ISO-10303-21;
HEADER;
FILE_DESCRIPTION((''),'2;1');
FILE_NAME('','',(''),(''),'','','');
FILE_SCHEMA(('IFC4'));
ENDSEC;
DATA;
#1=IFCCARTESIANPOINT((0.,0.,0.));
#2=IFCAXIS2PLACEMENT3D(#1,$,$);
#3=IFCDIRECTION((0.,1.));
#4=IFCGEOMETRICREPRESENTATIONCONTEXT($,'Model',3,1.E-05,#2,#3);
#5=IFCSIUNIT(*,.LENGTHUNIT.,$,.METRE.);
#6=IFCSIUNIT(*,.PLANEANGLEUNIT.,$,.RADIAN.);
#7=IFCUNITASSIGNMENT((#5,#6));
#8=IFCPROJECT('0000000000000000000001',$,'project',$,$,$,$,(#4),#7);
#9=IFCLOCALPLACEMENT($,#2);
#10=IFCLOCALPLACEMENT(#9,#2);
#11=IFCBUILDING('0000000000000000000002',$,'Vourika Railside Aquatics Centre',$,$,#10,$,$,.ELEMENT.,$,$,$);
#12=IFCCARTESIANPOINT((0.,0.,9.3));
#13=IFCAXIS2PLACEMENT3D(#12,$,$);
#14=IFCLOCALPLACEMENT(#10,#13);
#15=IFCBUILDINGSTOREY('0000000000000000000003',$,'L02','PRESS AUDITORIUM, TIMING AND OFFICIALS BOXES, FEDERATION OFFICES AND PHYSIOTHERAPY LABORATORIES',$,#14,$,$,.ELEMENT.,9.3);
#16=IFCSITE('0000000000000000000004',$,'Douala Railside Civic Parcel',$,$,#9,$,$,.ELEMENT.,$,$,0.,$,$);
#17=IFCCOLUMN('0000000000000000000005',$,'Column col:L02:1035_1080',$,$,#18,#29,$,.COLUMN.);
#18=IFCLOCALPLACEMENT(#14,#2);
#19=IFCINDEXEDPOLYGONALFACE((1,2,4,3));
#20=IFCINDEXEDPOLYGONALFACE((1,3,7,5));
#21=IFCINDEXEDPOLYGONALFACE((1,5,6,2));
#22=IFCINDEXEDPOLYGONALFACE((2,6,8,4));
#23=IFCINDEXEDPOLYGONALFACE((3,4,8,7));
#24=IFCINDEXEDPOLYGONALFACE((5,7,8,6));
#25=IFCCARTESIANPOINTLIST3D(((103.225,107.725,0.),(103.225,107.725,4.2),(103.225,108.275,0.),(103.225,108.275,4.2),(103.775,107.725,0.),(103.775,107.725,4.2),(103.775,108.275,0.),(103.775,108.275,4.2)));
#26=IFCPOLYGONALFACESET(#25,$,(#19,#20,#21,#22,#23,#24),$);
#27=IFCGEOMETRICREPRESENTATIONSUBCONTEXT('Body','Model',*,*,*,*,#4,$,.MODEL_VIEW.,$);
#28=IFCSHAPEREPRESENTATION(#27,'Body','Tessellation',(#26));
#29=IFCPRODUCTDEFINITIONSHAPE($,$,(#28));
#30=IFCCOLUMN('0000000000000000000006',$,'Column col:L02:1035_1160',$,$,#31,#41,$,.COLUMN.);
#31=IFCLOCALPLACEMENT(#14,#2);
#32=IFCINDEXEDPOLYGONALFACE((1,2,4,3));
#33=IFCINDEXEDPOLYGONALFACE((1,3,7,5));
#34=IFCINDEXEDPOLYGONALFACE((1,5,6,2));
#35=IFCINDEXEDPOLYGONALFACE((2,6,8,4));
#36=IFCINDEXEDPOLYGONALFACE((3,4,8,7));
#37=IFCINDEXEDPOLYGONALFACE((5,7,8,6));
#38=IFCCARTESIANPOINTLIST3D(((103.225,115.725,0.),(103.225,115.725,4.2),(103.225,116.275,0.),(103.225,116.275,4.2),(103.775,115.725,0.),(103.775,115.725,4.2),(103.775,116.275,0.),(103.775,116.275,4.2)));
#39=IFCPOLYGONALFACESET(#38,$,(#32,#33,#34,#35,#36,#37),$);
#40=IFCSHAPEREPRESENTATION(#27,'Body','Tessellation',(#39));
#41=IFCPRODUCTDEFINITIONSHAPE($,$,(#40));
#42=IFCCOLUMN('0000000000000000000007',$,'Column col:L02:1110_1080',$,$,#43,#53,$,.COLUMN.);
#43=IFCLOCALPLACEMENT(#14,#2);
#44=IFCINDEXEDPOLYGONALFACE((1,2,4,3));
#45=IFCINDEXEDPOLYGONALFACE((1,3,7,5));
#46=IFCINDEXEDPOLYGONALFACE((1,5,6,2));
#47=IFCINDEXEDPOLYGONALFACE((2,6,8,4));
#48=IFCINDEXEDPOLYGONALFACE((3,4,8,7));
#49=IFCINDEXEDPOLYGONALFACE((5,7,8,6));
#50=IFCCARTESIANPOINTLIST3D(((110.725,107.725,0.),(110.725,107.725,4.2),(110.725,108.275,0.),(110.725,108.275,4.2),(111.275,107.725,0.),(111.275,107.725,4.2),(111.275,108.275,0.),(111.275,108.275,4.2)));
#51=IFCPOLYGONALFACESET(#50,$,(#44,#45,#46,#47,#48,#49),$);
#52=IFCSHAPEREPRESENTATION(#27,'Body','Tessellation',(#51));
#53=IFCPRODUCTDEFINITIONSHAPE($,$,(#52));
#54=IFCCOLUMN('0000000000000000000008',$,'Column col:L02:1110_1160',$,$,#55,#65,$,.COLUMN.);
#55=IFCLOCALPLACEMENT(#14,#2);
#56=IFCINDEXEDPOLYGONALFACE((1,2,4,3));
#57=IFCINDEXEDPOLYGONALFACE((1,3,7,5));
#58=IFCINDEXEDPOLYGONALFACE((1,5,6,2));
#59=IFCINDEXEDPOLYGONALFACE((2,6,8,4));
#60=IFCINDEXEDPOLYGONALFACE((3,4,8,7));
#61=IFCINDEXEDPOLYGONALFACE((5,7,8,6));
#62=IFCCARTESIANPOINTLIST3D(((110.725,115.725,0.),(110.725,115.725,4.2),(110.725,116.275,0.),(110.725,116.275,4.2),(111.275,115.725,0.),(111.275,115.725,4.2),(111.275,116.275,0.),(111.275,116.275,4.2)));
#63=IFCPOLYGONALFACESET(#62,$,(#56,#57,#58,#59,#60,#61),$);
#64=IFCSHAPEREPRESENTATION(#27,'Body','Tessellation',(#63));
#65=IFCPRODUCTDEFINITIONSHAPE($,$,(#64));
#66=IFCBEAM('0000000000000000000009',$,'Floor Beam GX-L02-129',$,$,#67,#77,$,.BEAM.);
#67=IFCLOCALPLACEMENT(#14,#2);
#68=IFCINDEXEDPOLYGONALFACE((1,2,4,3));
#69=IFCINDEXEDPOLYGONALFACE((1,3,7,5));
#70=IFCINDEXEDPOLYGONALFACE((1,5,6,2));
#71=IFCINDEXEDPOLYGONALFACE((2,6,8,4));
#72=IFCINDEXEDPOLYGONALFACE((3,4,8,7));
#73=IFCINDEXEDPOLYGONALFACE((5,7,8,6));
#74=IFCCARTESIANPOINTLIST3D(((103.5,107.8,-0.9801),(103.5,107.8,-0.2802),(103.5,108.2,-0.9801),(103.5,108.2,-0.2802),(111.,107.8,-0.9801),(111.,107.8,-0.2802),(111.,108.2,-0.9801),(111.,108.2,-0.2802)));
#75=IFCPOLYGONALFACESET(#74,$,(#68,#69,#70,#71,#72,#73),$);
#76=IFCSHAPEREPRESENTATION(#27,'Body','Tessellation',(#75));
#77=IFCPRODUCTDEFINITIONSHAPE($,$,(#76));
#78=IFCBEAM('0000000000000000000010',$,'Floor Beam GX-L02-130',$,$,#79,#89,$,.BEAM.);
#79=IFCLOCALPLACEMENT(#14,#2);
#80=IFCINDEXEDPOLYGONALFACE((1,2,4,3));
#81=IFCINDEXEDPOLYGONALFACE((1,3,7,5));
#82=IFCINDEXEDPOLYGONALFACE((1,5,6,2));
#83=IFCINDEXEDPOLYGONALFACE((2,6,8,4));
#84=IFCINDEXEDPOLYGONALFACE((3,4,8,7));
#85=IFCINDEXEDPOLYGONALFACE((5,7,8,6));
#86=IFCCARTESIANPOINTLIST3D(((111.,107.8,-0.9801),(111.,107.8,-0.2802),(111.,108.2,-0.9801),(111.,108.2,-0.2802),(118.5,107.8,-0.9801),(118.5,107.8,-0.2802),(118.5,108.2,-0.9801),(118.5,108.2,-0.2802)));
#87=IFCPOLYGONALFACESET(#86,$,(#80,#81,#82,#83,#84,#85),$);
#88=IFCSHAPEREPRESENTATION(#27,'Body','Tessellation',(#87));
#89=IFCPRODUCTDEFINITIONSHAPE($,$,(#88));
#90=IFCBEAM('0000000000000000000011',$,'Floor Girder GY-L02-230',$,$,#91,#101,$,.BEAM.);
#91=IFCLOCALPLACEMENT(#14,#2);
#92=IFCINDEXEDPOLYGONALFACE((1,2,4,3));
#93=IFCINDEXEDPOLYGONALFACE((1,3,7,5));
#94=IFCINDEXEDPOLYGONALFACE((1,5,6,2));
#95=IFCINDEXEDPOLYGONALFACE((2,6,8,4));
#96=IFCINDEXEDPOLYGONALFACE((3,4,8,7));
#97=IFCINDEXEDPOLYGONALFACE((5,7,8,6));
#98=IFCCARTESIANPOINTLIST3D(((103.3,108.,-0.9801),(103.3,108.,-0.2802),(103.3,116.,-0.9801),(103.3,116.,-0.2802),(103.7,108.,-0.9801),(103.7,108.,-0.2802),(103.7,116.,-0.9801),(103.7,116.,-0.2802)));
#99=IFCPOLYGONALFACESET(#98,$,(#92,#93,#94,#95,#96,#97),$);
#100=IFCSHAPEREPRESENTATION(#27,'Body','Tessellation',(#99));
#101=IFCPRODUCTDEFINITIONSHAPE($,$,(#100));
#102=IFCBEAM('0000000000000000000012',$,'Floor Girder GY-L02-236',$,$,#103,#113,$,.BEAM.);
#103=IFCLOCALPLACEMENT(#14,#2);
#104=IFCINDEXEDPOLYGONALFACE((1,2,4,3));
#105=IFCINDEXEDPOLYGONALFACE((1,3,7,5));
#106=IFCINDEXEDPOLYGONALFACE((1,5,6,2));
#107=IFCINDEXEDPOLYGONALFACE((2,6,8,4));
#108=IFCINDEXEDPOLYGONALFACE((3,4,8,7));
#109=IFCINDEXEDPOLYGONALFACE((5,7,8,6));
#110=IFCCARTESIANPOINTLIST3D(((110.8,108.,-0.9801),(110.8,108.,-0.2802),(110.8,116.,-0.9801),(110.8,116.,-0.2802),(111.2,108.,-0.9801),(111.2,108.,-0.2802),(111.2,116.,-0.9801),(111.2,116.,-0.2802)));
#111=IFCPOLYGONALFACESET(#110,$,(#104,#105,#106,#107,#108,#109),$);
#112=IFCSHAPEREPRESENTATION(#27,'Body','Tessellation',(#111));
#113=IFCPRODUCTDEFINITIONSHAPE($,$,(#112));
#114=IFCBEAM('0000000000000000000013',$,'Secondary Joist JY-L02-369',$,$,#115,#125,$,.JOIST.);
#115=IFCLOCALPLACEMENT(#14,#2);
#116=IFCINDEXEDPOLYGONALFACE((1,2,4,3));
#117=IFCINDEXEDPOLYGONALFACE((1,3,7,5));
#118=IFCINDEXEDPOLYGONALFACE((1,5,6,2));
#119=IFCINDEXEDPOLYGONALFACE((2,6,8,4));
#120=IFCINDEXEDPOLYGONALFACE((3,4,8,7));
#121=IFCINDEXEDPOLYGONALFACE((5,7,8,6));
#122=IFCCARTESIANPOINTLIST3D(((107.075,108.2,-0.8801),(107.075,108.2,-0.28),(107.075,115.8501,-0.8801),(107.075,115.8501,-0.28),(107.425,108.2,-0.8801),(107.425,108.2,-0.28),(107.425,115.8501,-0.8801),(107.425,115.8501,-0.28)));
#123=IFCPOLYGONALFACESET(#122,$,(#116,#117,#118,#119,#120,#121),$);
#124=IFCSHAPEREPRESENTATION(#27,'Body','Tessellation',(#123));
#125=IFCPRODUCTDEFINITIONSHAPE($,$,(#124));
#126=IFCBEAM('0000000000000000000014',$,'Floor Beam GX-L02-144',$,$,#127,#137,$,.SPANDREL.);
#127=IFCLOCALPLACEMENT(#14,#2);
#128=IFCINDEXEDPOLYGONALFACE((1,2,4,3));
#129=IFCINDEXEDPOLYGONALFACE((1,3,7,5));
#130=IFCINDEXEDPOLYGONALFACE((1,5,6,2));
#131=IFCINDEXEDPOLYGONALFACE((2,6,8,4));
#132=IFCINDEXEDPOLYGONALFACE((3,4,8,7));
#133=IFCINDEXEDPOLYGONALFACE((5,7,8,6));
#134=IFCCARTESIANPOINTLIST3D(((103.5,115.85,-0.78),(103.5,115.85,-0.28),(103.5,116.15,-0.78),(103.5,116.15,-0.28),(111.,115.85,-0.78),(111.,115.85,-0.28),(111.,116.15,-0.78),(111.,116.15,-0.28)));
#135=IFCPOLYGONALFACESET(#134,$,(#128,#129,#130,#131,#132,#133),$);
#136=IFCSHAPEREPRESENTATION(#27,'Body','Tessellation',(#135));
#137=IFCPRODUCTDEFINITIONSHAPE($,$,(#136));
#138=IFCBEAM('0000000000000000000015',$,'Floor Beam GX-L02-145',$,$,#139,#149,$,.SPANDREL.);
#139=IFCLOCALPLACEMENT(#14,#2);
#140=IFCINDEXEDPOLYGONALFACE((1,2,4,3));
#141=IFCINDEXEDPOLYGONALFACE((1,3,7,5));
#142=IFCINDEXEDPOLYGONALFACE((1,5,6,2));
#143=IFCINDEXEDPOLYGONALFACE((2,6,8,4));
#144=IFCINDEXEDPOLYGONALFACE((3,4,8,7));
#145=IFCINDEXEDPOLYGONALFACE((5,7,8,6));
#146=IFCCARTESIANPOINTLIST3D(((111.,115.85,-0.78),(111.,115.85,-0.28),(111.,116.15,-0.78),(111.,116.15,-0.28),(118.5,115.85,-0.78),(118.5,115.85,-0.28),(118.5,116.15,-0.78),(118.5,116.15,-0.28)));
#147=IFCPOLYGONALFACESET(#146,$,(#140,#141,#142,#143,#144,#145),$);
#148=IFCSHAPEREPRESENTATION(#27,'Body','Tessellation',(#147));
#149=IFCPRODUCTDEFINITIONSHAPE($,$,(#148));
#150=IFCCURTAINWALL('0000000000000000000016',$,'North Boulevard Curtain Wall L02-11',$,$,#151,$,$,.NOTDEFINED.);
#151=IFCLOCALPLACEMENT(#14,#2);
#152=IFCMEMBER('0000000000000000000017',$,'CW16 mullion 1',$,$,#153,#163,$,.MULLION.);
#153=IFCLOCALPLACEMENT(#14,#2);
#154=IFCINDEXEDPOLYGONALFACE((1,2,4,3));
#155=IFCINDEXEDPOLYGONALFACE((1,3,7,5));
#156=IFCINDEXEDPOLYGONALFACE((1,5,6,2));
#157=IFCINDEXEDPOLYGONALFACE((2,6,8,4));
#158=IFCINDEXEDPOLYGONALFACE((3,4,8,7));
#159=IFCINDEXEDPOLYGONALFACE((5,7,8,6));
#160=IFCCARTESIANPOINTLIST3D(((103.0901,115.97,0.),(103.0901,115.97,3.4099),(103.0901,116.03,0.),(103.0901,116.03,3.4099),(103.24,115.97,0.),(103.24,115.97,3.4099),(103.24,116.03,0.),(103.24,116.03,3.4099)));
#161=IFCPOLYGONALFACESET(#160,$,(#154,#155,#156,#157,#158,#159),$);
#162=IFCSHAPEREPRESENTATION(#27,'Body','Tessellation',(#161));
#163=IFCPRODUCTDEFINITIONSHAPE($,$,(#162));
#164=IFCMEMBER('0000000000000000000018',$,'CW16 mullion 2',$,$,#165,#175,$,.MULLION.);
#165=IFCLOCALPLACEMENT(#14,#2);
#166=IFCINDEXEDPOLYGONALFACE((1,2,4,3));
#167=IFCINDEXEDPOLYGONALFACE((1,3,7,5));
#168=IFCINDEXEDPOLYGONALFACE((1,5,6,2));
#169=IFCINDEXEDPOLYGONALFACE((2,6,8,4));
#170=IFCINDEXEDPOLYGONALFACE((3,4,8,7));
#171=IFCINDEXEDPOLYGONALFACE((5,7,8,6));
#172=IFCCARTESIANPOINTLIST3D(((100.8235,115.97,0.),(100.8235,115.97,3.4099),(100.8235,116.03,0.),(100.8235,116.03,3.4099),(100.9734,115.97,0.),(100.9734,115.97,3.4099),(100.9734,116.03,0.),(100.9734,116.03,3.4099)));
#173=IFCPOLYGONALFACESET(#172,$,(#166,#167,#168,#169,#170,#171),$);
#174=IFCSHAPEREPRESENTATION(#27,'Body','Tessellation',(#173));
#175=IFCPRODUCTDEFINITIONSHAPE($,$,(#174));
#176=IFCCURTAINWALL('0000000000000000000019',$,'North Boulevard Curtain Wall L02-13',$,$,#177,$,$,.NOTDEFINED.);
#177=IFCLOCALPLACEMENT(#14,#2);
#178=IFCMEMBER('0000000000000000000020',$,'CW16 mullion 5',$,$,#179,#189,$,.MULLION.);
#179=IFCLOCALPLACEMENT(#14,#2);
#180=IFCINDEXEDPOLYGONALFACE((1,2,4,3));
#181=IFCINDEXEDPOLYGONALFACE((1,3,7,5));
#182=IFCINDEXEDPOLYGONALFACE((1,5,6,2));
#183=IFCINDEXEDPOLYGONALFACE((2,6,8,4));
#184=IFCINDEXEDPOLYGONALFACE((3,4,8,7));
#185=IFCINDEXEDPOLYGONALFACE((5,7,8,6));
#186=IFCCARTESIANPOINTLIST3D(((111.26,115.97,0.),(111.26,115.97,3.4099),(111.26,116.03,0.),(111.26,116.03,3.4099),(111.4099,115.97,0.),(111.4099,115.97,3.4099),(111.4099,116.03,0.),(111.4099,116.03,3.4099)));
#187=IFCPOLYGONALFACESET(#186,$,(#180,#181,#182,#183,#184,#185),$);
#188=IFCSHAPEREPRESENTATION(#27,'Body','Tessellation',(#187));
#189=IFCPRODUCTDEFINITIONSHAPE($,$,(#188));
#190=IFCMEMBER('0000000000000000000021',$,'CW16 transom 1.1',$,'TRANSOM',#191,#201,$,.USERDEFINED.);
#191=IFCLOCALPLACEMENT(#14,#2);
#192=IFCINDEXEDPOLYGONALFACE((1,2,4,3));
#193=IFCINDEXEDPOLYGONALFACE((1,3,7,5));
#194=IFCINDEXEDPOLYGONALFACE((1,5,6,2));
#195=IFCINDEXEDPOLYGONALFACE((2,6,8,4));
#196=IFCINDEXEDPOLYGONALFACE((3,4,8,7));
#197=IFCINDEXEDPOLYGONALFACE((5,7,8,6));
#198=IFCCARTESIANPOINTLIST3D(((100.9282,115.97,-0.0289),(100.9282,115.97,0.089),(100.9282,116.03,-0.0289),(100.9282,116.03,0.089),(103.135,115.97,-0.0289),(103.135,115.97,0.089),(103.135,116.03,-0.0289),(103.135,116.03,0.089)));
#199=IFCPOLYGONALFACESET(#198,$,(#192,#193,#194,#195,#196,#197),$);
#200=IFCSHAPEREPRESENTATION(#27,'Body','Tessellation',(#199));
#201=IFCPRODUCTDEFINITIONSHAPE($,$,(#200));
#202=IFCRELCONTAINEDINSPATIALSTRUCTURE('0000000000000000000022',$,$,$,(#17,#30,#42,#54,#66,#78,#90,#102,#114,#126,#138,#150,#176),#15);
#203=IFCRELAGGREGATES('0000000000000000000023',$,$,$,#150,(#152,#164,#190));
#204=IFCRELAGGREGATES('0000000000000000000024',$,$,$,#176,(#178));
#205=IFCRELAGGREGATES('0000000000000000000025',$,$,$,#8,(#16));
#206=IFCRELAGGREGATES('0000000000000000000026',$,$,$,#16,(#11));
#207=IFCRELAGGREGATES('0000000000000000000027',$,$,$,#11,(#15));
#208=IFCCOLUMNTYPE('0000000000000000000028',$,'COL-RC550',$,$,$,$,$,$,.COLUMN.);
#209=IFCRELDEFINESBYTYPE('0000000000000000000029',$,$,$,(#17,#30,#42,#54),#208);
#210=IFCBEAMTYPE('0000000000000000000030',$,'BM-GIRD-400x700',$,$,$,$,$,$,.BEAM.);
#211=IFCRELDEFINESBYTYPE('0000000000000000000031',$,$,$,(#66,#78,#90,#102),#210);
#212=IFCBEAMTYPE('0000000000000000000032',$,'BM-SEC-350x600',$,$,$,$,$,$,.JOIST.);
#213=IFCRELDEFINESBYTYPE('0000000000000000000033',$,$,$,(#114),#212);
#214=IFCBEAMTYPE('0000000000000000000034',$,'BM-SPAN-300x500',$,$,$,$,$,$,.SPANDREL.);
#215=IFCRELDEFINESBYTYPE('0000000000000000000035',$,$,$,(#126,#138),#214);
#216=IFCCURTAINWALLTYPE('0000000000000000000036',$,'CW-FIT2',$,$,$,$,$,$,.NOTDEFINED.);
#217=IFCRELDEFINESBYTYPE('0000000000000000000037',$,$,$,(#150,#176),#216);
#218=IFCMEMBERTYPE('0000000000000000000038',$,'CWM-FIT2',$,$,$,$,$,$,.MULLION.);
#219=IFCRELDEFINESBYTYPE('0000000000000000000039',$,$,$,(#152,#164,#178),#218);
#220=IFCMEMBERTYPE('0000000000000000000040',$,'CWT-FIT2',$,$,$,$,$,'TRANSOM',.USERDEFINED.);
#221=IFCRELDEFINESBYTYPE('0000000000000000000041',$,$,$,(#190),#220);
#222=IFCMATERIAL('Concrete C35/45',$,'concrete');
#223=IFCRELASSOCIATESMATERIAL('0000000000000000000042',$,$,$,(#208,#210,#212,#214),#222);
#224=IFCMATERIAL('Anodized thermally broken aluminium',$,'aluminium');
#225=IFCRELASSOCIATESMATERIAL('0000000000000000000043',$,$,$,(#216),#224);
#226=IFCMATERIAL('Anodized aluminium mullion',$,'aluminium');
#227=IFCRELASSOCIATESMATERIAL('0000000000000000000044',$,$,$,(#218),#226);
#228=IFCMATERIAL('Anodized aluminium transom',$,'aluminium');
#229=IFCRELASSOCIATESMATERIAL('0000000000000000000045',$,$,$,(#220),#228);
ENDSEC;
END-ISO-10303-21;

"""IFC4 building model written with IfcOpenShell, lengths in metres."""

from ifc_helpers import new_model, si_unit, direction, frame, origin, origin_2d, place, context, subcontext, project, spatial, rectangle, extrude, material, material_profile, profile_set, type_object, element, aggregate, save


model = new_model("IFC4")

# Units and contexts
model_context = context("Model", 3, precision=1e-05, world=origin(), true_north=direction((0.0, 1.0)))
body_context = subcontext(model_context, "Body", "Model", "MODEL_VIEW")
ifc_project = project(units=[si_unit("LENGTHUNIT", "METRE"), si_unit("PLANEANGLEUNIT", "RADIAN")], contexts=[model_context])

# Site, building, storey
site_placement = place(None, origin())
site = spatial("IfcSite", under=ifc_project, at=site_placement, Name="Douala Railside Civic Parcel", CompositionType="ELEMENT", RefElevation=0.0)
building_placement = place(site_placement, origin())
building = spatial("IfcBuilding", under=site, at=building_placement, Name="Vourika Railside Aquatics Centre", CompositionType="ELEMENT")
storey_placement = place(building_placement, frame((0.0, 0.0, 9.3)))
storey = spatial("IfcBuildingStorey", under=building, at=storey_placement, Name="L02", Description="PRESS AUDITORIUM, TIMING AND OFFICIALS BOXES, FEDERATION OFFICES AND PHYSIOTHERAPY LABORATORIES", CompositionType="ELEMENT", Elevation=9.3)

# Columns
ifc_material_1 = material(Name="Concrete C35/45", Category="concrete")
ifc_material_profile_1 = material_profile(ifc_material_1, rectangle(XDim=0.55, YDim=0.55, at=origin_2d()), Name="RC 550x550")
ifc_profile_set_1 = profile_set([ifc_material_profile_1], Name="Concrete C35/45")
column_type = type_object("IfcColumnType", Name="COL-RC550", PredefinedType="COLUMN", material=ifc_profile_set_1)
for number, where, z_axis, x_axis, name in (
    (1, (103.5, 108.0, 0.0), (0.0, 0.0, 1.0), (1.0, 0.0, 0.0), "Column col:L02:1035_1080"),
    (2, (103.5, 116.0, 0.0), (0.0, 0.0, 1.0), (1.0, 0.0, 0.0), "Column col:L02:1035_1160"),
    (3, (111.0, 108.0, 0.0), (0.0, 0.0, 1.0), (1.0, 0.0, 0.0), "Column col:L02:1110_1080"),
    (4, (111.0, 116.0, 0.0), (0.0, 0.0, 1.0), (1.0, 0.0, 0.0), "Column col:L02:1110_1160"),
):
    element("IfcColumn", number, at=place(storey_placement, frame(where, z_axis=z_axis, x_axis=x_axis)), inside=storey, type_object=column_type, Name=name, PredefinedType="COLUMN", context=body_context, shape_type="SweptSolid", body=[
        extrude(rectangle(XDim=0.55, YDim=0.55, at=origin_2d()), origin(), (0.0, 0.0, 1.0), 4.2),
    ])

# Beams
ifc_material_profile_2 = material_profile(ifc_material_1, rectangle(XDim=0.3999, YDim=0.7, at=origin_2d()), Name="RC 400x700")
ifc_profile_set_2 = profile_set([ifc_material_profile_2], Name="Concrete C35/45")
beam_type_1 = type_object("IfcBeamType", Name="BM-GIRD-400x700", PredefinedType="BEAM", material=ifc_profile_set_2)
for number, where, z_axis, x_axis, name in (
    (5, (103.5, 108.0, -0.6301), (1.0, 0.0, 0.0), (0.0, 1.0, 0.0), "Floor Beam GX-L02-129"),
    (6, (111.0, 108.0, -0.6301), (1.0, 0.0, 0.0), (0.0, 1.0, 0.0), "Floor Beam GX-L02-130"),
):
    element("IfcBeam", number, at=place(storey_placement, frame(where, z_axis=z_axis, x_axis=x_axis)), inside=storey, type_object=beam_type_1, Name=name, PredefinedType="BEAM", context=body_context, shape_type="SweptSolid", body=[
        extrude(rectangle(XDim=0.3999, YDim=0.7, at=origin_2d()), origin(), (0.0, 0.0, 1.0), 7.5),
    ])
for number, where, z_axis, x_axis, name in (
    (7, (103.5, 108.0, -0.6301), (0.0, 1.0, 0.0), (-1.0, 0.0, 0.0), "Floor Girder GY-L02-230"),
    (8, (111.0, 108.0, -0.6301), (0.0, 1.0, 0.0), (-1.0, 0.0, 0.0), "Floor Girder GY-L02-236"),
):
    element("IfcBeam", number, at=place(storey_placement, frame(where, z_axis=z_axis, x_axis=x_axis)), inside=storey, type_object=beam_type_1, Name=name, PredefinedType="BEAM", context=body_context, shape_type="SweptSolid", body=[
        extrude(rectangle(XDim=0.3999, YDim=0.7, at=origin_2d()), origin(), (0.0, 0.0, 1.0), 8.0),
    ])
ifc_material_profile_3 = material_profile(ifc_material_1, rectangle(XDim=0.3501, YDim=0.6001, at=origin_2d()), Name="RC 350x600")
ifc_profile_set_3 = profile_set([ifc_material_profile_3], Name="Concrete C35/45")
beam_type_2 = type_object("IfcBeamType", Name="BM-SEC-350x600", PredefinedType="JOIST", material=ifc_profile_set_3)
beam_placement = place(storey_placement, frame((107.25, 108.2, -0.5801), z_axis=(0.0, 1.0, 0.0), x_axis=(-1.0, 0.0, 0.0)))
element("IfcBeam", 9, at=beam_placement, inside=storey, type_object=beam_type_2, Name="Secondary Joist JY-L02-369", PredefinedType="JOIST", context=body_context, shape_type="SweptSolid", body=[
    extrude(rectangle(XDim=0.3501, YDim=0.6001, at=origin_2d()), origin(), (0.0, 0.0, 1.0), 7.6501),
])
ifc_material_profile_4 = material_profile(ifc_material_1, rectangle(XDim=0.3, YDim=0.5, at=origin_2d()), Name="RC 300x500")
ifc_profile_set_4 = profile_set([ifc_material_profile_4], Name="Concrete C35/45")
beam_type_3 = type_object("IfcBeamType", Name="BM-SPAN-300x500", PredefinedType="SPANDREL", material=ifc_profile_set_4)
for number, where, z_axis, x_axis, name in (
    (10, (103.5, 116.0, -0.53), (1.0, 0.0, 0.0), (0.0, 1.0, 0.0), "Floor Beam GX-L02-144"),
    (11, (111.0, 116.0, -0.53), (1.0, 0.0, 0.0), (0.0, 1.0, 0.0), "Floor Beam GX-L02-145"),
):
    element("IfcBeam", number, at=place(storey_placement, frame(where, z_axis=z_axis, x_axis=x_axis)), inside=storey, type_object=beam_type_3, Name=name, PredefinedType="SPANDREL", context=body_context, shape_type="SweptSolid", body=[
        extrude(rectangle(XDim=0.3, YDim=0.5, at=origin_2d()), origin(), (0.0, 0.0, 1.0), 7.5),
    ])

# Curtain wall, members
ifc_material_2 = material(Name="Anodized thermally broken aluminium", Category="aluminium")
curtain_wall_type = type_object("IfcCurtainWallType", Name="CW-FIT2", PredefinedType="NOTDEFINED", material=ifc_material_2)
curtain_wall_1_placement = place(storey_placement, origin())
curtain_wall_1 = element("IfcCurtainWall", 12, at=curtain_wall_1_placement, inside=storey, type_object=curtain_wall_type, Name="North Boulevard Curtain Wall L02-11", PredefinedType="NOTDEFINED")
ifc_material_3 = material(Name="Anodized aluminium mullion", Category="aluminium")
ifc_material_profile_5 = material_profile(ifc_material_3, rectangle(XDim=0.0601, YDim=0.1499, at=origin_2d()), Name="ALU-M 60x150")
ifc_profile_set_5 = profile_set([ifc_material_profile_5], Name="Anodized aluminium mullion")
member_type_1 = type_object("IfcMemberType", Name="CWM-FIT2", PredefinedType="MULLION", material=ifc_profile_set_5)
member_1_placement = place(storey_placement, frame((103.165, 116.0, 0.0), z_axis=(0.0, 0.0, 1.0), x_axis=(0.0, -1.0, 0.0)))
member_1 = element("IfcMember", 13, at=member_1_placement, type_object=member_type_1, Name="CW16 mullion 1", PredefinedType="MULLION", context=body_context, shape_type="SweptSolid", body=[
    extrude(rectangle(XDim=0.0601, YDim=0.1499, at=origin_2d()), origin(), (0.0, 0.0, 1.0), 3.4099),
])
member_2_placement = place(storey_placement, frame((100.8984, 116.0, 0.0), z_axis=(0.0, 0.0, 1.0), x_axis=(0.0, -1.0, 0.0)))
member_2 = element("IfcMember", 14, at=member_2_placement, type_object=member_type_1, Name="CW16 mullion 2", PredefinedType="MULLION", context=body_context, shape_type="SweptSolid", body=[
    extrude(rectangle(XDim=0.0601, YDim=0.1499, at=origin_2d()), origin(), (0.0, 0.0, 1.0), 3.4099),
])

# Curtain wall, member
curtain_wall_2_placement = place(storey_placement, origin())
curtain_wall_2 = element("IfcCurtainWall", 15, at=curtain_wall_2_placement, inside=storey, type_object=curtain_wall_type, Name="North Boulevard Curtain Wall L02-13", PredefinedType="NOTDEFINED")
member_3_placement = place(storey_placement, frame((111.335, 116.0, 0.0), z_axis=(0.0, 0.0, 1.0), x_axis=(0.0, -1.0, 0.0)))
member_3 = element("IfcMember", 16, at=member_3_placement, type_object=member_type_1, Name="CW16 mullion 5", PredefinedType="MULLION", context=body_context, shape_type="SweptSolid", body=[
    extrude(rectangle(XDim=0.0601, YDim=0.1499, at=origin_2d()), origin(), (0.0, 0.0, 1.0), 3.4099),
])

# Member
ifc_material_4 = material(Name="Anodized aluminium transom", Category="aluminium")
ifc_material_profile_6 = material_profile(ifc_material_4, rectangle(XDim=0.0601, YDim=0.1179, at=origin_2d()), Name="ALU-T 60x118")
ifc_profile_set_6 = profile_set([ifc_material_profile_6], Name="Anodized aluminium transom")
member_type_2 = type_object("IfcMemberType", Name="CWT-FIT2", ElementType="TRANSOM", PredefinedType="USERDEFINED", material=ifc_profile_set_6)
member_4_placement = place(storey_placement, frame((103.135, 116.0, 0.03), z_axis=(-1.0, 0.0, 0.0), x_axis=(0.0, -1.0, 0.0)))
member_4 = element("IfcMember", 17, at=member_4_placement, type_object=member_type_2, Name="CW16 transom 1.1", ObjectType="TRANSOM", PredefinedType="USERDEFINED", context=body_context, shape_type="SweptSolid", body=[
    extrude(rectangle(XDim=0.0601, YDim=0.1179, at=origin_2d()), origin(), (0.0, 0.0, 1.0), 2.2068),
])

aggregate(curtain_wall_1, [member_1, member_2, member_4])
aggregate(curtain_wall_2, [member_3])

save(model, "model.ifc")
